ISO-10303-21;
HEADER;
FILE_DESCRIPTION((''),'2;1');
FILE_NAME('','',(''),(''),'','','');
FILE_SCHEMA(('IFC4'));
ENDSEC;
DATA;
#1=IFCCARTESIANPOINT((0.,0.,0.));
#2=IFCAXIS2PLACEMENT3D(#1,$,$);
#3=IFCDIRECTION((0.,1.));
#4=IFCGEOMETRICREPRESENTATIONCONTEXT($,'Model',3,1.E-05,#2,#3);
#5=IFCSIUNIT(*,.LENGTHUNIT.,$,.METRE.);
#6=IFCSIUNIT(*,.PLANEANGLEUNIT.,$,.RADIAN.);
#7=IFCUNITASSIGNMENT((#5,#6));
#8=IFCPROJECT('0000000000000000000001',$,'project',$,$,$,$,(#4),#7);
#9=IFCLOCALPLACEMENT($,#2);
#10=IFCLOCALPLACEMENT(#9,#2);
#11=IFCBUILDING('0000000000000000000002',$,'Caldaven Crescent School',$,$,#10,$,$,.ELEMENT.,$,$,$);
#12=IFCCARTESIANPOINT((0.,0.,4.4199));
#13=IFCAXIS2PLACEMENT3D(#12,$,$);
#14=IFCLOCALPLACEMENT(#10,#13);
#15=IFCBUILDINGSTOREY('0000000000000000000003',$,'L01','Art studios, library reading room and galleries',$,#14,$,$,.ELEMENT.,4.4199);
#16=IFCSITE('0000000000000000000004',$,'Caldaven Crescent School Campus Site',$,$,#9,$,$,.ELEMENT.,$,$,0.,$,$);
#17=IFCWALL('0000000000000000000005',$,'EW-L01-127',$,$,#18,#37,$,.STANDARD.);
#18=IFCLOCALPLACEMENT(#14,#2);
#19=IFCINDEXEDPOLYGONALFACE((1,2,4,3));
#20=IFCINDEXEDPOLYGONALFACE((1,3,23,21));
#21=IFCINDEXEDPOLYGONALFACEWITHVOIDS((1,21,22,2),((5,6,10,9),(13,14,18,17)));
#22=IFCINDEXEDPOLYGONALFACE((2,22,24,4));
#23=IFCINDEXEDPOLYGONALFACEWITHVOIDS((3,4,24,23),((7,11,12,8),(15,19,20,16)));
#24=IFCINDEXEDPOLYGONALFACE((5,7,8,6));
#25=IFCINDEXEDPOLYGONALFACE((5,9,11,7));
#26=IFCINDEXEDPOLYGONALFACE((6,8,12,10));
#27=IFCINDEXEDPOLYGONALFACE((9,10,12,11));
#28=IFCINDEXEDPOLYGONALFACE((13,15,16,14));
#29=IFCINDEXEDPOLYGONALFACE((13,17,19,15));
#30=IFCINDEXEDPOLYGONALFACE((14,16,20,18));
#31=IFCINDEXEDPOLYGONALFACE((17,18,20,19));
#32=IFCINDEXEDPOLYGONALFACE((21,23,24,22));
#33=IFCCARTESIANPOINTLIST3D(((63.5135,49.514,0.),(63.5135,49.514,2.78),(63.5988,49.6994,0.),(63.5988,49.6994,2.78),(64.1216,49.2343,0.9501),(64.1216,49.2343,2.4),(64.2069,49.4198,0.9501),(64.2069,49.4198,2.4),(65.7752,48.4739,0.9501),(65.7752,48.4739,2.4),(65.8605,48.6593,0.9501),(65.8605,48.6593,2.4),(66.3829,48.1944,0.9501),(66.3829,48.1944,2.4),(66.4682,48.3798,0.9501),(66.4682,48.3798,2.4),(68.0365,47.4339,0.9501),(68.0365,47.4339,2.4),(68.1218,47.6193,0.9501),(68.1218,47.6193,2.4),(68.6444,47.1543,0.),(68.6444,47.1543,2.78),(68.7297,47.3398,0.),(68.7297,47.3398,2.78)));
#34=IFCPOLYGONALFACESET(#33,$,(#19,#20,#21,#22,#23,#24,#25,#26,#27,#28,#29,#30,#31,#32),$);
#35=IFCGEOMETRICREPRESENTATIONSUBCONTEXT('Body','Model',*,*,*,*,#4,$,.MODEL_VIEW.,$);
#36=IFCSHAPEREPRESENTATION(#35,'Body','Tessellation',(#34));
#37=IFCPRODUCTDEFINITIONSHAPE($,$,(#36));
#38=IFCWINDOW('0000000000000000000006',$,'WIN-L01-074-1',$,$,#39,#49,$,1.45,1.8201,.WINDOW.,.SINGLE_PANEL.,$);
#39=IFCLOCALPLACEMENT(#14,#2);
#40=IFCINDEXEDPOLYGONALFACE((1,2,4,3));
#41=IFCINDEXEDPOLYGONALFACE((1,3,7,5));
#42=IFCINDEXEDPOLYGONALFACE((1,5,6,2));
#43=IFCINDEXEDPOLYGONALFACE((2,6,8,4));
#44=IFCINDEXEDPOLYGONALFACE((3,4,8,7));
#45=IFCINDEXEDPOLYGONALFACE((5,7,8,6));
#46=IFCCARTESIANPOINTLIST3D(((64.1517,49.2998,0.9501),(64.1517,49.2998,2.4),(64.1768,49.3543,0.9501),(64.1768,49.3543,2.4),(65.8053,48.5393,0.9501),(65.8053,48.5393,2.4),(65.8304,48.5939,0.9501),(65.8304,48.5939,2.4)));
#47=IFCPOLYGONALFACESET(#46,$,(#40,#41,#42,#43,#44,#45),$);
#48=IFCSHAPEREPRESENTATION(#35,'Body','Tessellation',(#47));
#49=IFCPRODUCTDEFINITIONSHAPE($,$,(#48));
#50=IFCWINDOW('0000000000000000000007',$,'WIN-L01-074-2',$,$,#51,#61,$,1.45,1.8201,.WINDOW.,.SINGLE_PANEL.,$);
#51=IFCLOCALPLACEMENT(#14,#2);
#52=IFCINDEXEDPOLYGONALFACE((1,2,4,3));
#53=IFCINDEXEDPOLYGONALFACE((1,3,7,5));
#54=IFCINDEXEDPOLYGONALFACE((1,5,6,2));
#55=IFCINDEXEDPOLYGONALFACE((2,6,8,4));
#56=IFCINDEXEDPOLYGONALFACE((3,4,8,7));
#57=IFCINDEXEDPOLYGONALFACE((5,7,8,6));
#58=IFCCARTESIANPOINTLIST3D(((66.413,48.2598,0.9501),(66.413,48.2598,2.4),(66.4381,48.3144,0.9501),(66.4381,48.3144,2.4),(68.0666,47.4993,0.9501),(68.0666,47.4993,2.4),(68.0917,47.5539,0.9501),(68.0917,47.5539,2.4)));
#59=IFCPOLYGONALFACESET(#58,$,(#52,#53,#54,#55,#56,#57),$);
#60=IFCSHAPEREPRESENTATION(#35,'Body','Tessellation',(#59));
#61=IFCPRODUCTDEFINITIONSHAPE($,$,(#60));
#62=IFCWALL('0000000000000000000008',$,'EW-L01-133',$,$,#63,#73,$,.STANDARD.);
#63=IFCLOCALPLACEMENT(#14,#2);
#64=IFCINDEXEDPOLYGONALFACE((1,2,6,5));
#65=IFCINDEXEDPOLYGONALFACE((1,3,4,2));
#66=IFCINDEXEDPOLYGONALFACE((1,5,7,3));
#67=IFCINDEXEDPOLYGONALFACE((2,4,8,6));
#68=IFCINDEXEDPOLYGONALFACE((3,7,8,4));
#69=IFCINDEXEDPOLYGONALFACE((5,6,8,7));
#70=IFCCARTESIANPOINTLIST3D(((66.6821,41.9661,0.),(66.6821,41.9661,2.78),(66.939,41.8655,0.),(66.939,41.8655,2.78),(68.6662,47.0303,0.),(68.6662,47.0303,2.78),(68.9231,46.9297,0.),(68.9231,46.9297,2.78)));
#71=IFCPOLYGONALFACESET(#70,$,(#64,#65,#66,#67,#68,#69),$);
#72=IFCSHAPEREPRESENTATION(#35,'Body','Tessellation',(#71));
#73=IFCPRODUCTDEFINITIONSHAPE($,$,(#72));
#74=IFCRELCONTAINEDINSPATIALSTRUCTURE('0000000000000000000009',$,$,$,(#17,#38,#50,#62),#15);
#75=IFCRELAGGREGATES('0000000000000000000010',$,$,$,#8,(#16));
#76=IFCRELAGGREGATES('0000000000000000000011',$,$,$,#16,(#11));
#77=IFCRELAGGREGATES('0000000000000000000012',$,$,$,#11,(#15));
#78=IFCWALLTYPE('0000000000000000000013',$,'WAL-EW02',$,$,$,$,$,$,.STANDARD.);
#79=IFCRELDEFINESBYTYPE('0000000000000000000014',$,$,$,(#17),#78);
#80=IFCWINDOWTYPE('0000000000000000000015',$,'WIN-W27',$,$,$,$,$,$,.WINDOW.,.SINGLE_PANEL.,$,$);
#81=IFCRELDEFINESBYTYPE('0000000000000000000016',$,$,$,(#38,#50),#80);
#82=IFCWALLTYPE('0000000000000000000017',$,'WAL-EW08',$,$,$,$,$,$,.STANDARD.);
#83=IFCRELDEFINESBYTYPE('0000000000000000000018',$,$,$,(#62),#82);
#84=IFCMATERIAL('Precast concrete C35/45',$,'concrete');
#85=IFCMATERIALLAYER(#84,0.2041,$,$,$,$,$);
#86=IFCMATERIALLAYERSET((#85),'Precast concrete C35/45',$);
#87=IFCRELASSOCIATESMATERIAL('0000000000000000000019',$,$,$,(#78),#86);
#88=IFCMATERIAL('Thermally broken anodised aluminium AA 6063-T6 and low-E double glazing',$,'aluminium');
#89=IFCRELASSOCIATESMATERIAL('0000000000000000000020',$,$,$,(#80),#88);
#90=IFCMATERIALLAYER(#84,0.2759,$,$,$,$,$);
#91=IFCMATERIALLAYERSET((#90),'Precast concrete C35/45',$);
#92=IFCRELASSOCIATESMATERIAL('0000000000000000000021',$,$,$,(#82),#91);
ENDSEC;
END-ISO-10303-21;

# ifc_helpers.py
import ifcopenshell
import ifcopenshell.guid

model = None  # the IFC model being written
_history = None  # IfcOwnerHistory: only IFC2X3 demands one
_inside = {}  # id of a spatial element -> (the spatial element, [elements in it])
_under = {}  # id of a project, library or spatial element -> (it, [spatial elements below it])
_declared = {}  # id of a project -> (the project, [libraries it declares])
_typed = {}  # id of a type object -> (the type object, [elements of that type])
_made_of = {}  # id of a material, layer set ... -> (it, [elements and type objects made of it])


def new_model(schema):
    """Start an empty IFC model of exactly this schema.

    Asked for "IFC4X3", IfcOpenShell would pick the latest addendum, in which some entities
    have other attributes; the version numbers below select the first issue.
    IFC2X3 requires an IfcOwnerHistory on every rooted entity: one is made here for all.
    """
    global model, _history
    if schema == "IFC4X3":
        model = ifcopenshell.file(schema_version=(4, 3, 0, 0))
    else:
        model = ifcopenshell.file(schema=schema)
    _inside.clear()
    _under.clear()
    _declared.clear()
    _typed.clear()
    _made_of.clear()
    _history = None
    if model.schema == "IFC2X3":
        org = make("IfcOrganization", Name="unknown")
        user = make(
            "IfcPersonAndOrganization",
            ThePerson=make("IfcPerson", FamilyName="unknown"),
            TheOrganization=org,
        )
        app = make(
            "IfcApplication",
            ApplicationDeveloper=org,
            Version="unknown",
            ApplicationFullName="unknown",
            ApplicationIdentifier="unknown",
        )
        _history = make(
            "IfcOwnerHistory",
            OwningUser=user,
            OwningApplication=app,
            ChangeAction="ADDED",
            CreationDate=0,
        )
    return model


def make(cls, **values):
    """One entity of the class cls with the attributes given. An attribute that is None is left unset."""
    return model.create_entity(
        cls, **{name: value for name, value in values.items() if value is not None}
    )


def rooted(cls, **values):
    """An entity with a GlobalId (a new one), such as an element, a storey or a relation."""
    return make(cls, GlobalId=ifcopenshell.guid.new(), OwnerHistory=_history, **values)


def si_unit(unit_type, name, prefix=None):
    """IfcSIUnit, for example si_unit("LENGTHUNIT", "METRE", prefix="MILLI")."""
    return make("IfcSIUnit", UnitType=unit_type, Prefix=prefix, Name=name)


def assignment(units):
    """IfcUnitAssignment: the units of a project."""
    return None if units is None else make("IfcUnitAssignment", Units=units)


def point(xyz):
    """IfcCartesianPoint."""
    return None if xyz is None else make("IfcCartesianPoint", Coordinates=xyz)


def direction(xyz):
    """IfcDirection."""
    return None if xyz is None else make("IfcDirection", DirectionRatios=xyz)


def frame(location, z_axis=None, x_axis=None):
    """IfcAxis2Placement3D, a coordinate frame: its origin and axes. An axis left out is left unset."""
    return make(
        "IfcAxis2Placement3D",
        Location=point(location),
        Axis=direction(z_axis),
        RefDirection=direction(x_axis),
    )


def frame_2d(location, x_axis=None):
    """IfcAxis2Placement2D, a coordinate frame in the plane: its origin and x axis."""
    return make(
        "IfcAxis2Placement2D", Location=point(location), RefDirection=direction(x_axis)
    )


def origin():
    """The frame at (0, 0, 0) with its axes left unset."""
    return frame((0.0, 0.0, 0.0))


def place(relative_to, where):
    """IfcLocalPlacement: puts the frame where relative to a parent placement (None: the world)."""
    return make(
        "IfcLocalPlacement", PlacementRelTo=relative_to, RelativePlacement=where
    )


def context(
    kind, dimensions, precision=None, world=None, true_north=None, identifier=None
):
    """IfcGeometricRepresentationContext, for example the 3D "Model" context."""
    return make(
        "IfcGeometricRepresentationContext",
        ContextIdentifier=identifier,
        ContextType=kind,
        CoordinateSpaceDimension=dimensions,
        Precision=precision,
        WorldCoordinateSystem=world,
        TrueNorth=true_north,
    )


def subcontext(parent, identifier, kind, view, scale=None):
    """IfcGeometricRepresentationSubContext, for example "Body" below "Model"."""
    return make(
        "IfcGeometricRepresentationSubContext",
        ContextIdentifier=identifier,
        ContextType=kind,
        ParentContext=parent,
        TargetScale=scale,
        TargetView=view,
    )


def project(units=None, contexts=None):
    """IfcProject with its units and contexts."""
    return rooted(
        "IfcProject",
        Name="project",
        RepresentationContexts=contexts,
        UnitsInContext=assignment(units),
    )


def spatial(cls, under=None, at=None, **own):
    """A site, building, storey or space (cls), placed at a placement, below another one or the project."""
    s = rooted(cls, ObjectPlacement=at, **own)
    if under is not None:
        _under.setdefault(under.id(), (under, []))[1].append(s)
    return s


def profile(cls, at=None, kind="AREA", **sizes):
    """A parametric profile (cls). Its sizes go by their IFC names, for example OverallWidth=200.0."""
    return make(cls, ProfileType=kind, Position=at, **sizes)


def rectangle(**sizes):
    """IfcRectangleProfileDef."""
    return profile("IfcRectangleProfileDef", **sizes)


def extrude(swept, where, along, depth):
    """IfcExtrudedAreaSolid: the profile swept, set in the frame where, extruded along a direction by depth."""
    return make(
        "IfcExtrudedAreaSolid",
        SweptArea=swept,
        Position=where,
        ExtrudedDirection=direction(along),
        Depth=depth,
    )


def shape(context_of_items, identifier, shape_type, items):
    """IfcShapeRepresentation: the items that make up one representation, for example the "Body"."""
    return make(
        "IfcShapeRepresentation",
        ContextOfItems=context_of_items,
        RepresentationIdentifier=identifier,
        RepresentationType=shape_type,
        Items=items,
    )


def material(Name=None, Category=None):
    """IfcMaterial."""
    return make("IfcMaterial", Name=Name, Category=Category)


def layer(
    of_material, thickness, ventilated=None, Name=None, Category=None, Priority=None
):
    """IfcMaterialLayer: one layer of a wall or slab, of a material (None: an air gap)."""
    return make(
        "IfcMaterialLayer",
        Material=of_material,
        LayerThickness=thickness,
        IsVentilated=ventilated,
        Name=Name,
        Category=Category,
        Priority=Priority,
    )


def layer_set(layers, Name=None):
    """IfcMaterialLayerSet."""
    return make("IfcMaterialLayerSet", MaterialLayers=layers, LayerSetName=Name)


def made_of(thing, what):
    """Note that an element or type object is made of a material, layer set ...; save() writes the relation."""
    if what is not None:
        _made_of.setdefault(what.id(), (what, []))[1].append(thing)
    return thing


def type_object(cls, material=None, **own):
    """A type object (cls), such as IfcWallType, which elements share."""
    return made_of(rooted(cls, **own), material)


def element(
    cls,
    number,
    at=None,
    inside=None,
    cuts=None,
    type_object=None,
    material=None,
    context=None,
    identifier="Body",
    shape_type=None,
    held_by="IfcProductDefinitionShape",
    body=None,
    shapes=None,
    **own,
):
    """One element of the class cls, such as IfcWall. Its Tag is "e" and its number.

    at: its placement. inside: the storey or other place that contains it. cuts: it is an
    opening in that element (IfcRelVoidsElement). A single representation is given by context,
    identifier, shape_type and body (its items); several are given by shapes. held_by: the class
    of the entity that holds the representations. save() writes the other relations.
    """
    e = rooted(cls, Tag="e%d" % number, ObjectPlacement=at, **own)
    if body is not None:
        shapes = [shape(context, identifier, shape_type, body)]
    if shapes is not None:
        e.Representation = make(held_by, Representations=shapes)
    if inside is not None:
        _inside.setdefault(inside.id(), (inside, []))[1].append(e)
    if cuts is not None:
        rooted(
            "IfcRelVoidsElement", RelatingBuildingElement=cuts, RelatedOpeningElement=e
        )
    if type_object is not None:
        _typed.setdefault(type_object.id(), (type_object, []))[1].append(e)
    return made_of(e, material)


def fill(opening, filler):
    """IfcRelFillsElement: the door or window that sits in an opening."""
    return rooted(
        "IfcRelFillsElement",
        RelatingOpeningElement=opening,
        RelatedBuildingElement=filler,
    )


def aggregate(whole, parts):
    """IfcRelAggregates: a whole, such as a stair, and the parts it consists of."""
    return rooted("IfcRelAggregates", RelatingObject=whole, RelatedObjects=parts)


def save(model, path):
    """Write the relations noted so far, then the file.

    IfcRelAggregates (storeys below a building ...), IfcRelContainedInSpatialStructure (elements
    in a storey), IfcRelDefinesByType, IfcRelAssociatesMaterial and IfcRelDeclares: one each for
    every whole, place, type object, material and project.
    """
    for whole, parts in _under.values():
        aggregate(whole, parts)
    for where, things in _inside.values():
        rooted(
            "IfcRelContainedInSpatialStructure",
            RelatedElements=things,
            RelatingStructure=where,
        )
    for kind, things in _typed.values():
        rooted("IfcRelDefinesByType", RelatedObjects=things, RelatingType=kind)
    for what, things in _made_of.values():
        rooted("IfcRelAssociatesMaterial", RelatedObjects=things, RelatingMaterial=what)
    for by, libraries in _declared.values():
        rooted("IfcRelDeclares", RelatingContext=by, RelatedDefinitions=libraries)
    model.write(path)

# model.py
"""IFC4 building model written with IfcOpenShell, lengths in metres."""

from ifc_helpers import new_model, si_unit, direction, frame, frame_2d, origin, place, context, subcontext, project, spatial, rectangle, extrude, material, layer, layer_set, type_object, element, fill, save


model = new_model("IFC4")

# Units and contexts
model_context = context("Model", 3, precision=1e-05, world=origin(), true_north=direction((0.0, 1.0)))
body_context = subcontext(model_context, "Body", "Model", "MODEL_VIEW")
ifc_project = project(units=[si_unit("LENGTHUNIT", "METRE"), si_unit("PLANEANGLEUNIT", "RADIAN")], contexts=[model_context])

# Site, building, storey
site_placement = place(None, origin())
site = spatial("IfcSite", under=ifc_project, at=site_placement, Name="Caldaven Crescent School Campus Site", CompositionType="ELEMENT", RefElevation=0.0)
building_placement = place(site_placement, origin())
building = spatial("IfcBuilding", under=site, at=building_placement, Name="Caldaven Crescent School", CompositionType="ELEMENT")
storey_placement = place(building_placement, frame((0.0, 0.0, 4.4199)))
storey = spatial("IfcBuildingStorey", under=building, at=storey_placement, Name="L01", Description="Art studios, library reading room and galleries", CompositionType="ELEMENT", Elevation=4.4199)

# Shared definitions
ifc_material_1 = material(Name="Precast concrete C35/45", Category="concrete")

# Wall, openings, windows
ifc_layer_1 = layer(ifc_material_1, 0.2041)
ifc_layer_set_1 = layer_set([ifc_layer_1], Name="Precast concrete C35/45")
wall_type_1 = type_object("IfcWallType", Name="WAL-EW02", PredefinedType="STANDARD", material=ifc_layer_set_1)
wall_1_placement = place(storey_placement, frame((63.5562, 49.6067, 0.0), z_axis=(0.0, 0.0, 1.0), x_axis=(0.908529, -0.417821, 0.0)))
wall_1 = element("IfcWall", 1, at=wall_1_placement, inside=storey, type_object=wall_type_1, Name="EW-L01-127", PredefinedType="STANDARD", context=body_context, shape_type="SweptSolid", body=[
    extrude(rectangle(XDim=5.6475, YDim=0.2041, at=frame_2d((2.8237, 0.0))), origin(), (0.0, 0.0, 1.0), 2.78),
])
opening_1_placement = place(wall_1_placement, frame((0.6692, 0.0, 0.95)))
opening_1 = element("IfcOpeningElement", 2, at=opening_1_placement, cuts=wall_1, PredefinedType="OPENING", context=body_context, shape_type="SweptSolid", body=[
    extrude(rectangle(XDim=1.8201, YDim=1.45, at=frame_2d((0.9102, 0.7251))), frame((0.0, 0.1121, 0.0), z_axis=(0.0, -1.0, 0.0), x_axis=(1.0, 0.0, 0.0)), (0.0, 0.0, 1.0), 0.2241),
])
opening_2_placement = place(wall_1_placement, frame((3.1582, 0.0, 0.95)))
opening_2 = element("IfcOpeningElement", 3, at=opening_2_placement, cuts=wall_1, PredefinedType="OPENING", context=body_context, shape_type="SweptSolid", body=[
    extrude(rectangle(XDim=1.8201, YDim=1.45, at=frame_2d((0.9102, 0.7251))), frame((0.0, 0.1121, 0.0), z_axis=(0.0, -1.0, 0.0), x_axis=(1.0, 0.0, 0.0)), (0.0, 0.0, 1.0), 0.2241),
])
ifc_material_2 = material(Name="Thermally broken anodised aluminium AA 6063-T6 and low-E double glazing", Category="aluminium")
window_type = type_object("IfcWindowType", Name="WIN-W27", PartitioningType="SINGLE_PANEL", PredefinedType="WINDOW", material=ifc_material_2)
window_1_placement = place(opening_1_placement, origin())
window_1 = element("IfcWindow", 4, at=window_1_placement, inside=storey, type_object=window_type, Name="WIN-L01-074-1", OverallHeight=1.45, OverallWidth=1.8201, PartitioningType="SINGLE_PANEL", PredefinedType="WINDOW", context=body_context, shape_type="SweptSolid", body=[
    extrude(rectangle(XDim=1.8201, YDim=1.45, at=frame_2d((0.9102, 0.7251))), frame((0.0, 0.03, 0.0), z_axis=(0.0, -1.0, 0.0), x_axis=(1.0, 0.0, 0.0)), (0.0, 0.0, 1.0), 0.0601),
])
fill(opening_1, window_1)
window_2_placement = place(opening_2_placement, origin())
window_2 = element("IfcWindow", 5, at=window_2_placement, inside=storey, type_object=window_type, Name="WIN-L01-074-2", OverallHeight=1.45, OverallWidth=1.8201, PartitioningType="SINGLE_PANEL", PredefinedType="WINDOW", context=body_context, shape_type="SweptSolid", body=[
    extrude(rectangle(XDim=1.8201, YDim=1.45, at=frame_2d((0.9102, 0.7251))), frame((0.0, 0.03, 0.0), z_axis=(0.0, -1.0, 0.0), x_axis=(1.0, 0.0, 0.0)), (0.0, 0.0, 1.0), 0.0601),
])
fill(opening_2, window_2)

# Wall
ifc_layer_2 = layer(ifc_material_1, 0.2759)
ifc_layer_set_2 = layer_set([ifc_layer_2], Name="Precast concrete C35/45")
wall_type_2 = type_object("IfcWallType", Name="WAL-EW08", PredefinedType="STANDARD", material=ifc_layer_set_2)
wall_2_placement = place(storey_placement, frame((68.7947, 46.98, 0.0), z_axis=(0.0, 0.0, 1.0), x_axis=(-0.364795, -0.931088, 0.0)))
element("IfcWall", 6, at=wall_2_placement, inside=storey, type_object=wall_type_2, Name="EW-L01-133", PredefinedType="STANDARD", context=body_context, shape_type="SweptSolid", body=[
    extrude(rectangle(XDim=5.439, YDim=0.2759, at=frame_2d((2.7195, 0.0))), origin(), (0.0, 0.0, 1.0), 2.78),
])

save(model, "model.ifc")
